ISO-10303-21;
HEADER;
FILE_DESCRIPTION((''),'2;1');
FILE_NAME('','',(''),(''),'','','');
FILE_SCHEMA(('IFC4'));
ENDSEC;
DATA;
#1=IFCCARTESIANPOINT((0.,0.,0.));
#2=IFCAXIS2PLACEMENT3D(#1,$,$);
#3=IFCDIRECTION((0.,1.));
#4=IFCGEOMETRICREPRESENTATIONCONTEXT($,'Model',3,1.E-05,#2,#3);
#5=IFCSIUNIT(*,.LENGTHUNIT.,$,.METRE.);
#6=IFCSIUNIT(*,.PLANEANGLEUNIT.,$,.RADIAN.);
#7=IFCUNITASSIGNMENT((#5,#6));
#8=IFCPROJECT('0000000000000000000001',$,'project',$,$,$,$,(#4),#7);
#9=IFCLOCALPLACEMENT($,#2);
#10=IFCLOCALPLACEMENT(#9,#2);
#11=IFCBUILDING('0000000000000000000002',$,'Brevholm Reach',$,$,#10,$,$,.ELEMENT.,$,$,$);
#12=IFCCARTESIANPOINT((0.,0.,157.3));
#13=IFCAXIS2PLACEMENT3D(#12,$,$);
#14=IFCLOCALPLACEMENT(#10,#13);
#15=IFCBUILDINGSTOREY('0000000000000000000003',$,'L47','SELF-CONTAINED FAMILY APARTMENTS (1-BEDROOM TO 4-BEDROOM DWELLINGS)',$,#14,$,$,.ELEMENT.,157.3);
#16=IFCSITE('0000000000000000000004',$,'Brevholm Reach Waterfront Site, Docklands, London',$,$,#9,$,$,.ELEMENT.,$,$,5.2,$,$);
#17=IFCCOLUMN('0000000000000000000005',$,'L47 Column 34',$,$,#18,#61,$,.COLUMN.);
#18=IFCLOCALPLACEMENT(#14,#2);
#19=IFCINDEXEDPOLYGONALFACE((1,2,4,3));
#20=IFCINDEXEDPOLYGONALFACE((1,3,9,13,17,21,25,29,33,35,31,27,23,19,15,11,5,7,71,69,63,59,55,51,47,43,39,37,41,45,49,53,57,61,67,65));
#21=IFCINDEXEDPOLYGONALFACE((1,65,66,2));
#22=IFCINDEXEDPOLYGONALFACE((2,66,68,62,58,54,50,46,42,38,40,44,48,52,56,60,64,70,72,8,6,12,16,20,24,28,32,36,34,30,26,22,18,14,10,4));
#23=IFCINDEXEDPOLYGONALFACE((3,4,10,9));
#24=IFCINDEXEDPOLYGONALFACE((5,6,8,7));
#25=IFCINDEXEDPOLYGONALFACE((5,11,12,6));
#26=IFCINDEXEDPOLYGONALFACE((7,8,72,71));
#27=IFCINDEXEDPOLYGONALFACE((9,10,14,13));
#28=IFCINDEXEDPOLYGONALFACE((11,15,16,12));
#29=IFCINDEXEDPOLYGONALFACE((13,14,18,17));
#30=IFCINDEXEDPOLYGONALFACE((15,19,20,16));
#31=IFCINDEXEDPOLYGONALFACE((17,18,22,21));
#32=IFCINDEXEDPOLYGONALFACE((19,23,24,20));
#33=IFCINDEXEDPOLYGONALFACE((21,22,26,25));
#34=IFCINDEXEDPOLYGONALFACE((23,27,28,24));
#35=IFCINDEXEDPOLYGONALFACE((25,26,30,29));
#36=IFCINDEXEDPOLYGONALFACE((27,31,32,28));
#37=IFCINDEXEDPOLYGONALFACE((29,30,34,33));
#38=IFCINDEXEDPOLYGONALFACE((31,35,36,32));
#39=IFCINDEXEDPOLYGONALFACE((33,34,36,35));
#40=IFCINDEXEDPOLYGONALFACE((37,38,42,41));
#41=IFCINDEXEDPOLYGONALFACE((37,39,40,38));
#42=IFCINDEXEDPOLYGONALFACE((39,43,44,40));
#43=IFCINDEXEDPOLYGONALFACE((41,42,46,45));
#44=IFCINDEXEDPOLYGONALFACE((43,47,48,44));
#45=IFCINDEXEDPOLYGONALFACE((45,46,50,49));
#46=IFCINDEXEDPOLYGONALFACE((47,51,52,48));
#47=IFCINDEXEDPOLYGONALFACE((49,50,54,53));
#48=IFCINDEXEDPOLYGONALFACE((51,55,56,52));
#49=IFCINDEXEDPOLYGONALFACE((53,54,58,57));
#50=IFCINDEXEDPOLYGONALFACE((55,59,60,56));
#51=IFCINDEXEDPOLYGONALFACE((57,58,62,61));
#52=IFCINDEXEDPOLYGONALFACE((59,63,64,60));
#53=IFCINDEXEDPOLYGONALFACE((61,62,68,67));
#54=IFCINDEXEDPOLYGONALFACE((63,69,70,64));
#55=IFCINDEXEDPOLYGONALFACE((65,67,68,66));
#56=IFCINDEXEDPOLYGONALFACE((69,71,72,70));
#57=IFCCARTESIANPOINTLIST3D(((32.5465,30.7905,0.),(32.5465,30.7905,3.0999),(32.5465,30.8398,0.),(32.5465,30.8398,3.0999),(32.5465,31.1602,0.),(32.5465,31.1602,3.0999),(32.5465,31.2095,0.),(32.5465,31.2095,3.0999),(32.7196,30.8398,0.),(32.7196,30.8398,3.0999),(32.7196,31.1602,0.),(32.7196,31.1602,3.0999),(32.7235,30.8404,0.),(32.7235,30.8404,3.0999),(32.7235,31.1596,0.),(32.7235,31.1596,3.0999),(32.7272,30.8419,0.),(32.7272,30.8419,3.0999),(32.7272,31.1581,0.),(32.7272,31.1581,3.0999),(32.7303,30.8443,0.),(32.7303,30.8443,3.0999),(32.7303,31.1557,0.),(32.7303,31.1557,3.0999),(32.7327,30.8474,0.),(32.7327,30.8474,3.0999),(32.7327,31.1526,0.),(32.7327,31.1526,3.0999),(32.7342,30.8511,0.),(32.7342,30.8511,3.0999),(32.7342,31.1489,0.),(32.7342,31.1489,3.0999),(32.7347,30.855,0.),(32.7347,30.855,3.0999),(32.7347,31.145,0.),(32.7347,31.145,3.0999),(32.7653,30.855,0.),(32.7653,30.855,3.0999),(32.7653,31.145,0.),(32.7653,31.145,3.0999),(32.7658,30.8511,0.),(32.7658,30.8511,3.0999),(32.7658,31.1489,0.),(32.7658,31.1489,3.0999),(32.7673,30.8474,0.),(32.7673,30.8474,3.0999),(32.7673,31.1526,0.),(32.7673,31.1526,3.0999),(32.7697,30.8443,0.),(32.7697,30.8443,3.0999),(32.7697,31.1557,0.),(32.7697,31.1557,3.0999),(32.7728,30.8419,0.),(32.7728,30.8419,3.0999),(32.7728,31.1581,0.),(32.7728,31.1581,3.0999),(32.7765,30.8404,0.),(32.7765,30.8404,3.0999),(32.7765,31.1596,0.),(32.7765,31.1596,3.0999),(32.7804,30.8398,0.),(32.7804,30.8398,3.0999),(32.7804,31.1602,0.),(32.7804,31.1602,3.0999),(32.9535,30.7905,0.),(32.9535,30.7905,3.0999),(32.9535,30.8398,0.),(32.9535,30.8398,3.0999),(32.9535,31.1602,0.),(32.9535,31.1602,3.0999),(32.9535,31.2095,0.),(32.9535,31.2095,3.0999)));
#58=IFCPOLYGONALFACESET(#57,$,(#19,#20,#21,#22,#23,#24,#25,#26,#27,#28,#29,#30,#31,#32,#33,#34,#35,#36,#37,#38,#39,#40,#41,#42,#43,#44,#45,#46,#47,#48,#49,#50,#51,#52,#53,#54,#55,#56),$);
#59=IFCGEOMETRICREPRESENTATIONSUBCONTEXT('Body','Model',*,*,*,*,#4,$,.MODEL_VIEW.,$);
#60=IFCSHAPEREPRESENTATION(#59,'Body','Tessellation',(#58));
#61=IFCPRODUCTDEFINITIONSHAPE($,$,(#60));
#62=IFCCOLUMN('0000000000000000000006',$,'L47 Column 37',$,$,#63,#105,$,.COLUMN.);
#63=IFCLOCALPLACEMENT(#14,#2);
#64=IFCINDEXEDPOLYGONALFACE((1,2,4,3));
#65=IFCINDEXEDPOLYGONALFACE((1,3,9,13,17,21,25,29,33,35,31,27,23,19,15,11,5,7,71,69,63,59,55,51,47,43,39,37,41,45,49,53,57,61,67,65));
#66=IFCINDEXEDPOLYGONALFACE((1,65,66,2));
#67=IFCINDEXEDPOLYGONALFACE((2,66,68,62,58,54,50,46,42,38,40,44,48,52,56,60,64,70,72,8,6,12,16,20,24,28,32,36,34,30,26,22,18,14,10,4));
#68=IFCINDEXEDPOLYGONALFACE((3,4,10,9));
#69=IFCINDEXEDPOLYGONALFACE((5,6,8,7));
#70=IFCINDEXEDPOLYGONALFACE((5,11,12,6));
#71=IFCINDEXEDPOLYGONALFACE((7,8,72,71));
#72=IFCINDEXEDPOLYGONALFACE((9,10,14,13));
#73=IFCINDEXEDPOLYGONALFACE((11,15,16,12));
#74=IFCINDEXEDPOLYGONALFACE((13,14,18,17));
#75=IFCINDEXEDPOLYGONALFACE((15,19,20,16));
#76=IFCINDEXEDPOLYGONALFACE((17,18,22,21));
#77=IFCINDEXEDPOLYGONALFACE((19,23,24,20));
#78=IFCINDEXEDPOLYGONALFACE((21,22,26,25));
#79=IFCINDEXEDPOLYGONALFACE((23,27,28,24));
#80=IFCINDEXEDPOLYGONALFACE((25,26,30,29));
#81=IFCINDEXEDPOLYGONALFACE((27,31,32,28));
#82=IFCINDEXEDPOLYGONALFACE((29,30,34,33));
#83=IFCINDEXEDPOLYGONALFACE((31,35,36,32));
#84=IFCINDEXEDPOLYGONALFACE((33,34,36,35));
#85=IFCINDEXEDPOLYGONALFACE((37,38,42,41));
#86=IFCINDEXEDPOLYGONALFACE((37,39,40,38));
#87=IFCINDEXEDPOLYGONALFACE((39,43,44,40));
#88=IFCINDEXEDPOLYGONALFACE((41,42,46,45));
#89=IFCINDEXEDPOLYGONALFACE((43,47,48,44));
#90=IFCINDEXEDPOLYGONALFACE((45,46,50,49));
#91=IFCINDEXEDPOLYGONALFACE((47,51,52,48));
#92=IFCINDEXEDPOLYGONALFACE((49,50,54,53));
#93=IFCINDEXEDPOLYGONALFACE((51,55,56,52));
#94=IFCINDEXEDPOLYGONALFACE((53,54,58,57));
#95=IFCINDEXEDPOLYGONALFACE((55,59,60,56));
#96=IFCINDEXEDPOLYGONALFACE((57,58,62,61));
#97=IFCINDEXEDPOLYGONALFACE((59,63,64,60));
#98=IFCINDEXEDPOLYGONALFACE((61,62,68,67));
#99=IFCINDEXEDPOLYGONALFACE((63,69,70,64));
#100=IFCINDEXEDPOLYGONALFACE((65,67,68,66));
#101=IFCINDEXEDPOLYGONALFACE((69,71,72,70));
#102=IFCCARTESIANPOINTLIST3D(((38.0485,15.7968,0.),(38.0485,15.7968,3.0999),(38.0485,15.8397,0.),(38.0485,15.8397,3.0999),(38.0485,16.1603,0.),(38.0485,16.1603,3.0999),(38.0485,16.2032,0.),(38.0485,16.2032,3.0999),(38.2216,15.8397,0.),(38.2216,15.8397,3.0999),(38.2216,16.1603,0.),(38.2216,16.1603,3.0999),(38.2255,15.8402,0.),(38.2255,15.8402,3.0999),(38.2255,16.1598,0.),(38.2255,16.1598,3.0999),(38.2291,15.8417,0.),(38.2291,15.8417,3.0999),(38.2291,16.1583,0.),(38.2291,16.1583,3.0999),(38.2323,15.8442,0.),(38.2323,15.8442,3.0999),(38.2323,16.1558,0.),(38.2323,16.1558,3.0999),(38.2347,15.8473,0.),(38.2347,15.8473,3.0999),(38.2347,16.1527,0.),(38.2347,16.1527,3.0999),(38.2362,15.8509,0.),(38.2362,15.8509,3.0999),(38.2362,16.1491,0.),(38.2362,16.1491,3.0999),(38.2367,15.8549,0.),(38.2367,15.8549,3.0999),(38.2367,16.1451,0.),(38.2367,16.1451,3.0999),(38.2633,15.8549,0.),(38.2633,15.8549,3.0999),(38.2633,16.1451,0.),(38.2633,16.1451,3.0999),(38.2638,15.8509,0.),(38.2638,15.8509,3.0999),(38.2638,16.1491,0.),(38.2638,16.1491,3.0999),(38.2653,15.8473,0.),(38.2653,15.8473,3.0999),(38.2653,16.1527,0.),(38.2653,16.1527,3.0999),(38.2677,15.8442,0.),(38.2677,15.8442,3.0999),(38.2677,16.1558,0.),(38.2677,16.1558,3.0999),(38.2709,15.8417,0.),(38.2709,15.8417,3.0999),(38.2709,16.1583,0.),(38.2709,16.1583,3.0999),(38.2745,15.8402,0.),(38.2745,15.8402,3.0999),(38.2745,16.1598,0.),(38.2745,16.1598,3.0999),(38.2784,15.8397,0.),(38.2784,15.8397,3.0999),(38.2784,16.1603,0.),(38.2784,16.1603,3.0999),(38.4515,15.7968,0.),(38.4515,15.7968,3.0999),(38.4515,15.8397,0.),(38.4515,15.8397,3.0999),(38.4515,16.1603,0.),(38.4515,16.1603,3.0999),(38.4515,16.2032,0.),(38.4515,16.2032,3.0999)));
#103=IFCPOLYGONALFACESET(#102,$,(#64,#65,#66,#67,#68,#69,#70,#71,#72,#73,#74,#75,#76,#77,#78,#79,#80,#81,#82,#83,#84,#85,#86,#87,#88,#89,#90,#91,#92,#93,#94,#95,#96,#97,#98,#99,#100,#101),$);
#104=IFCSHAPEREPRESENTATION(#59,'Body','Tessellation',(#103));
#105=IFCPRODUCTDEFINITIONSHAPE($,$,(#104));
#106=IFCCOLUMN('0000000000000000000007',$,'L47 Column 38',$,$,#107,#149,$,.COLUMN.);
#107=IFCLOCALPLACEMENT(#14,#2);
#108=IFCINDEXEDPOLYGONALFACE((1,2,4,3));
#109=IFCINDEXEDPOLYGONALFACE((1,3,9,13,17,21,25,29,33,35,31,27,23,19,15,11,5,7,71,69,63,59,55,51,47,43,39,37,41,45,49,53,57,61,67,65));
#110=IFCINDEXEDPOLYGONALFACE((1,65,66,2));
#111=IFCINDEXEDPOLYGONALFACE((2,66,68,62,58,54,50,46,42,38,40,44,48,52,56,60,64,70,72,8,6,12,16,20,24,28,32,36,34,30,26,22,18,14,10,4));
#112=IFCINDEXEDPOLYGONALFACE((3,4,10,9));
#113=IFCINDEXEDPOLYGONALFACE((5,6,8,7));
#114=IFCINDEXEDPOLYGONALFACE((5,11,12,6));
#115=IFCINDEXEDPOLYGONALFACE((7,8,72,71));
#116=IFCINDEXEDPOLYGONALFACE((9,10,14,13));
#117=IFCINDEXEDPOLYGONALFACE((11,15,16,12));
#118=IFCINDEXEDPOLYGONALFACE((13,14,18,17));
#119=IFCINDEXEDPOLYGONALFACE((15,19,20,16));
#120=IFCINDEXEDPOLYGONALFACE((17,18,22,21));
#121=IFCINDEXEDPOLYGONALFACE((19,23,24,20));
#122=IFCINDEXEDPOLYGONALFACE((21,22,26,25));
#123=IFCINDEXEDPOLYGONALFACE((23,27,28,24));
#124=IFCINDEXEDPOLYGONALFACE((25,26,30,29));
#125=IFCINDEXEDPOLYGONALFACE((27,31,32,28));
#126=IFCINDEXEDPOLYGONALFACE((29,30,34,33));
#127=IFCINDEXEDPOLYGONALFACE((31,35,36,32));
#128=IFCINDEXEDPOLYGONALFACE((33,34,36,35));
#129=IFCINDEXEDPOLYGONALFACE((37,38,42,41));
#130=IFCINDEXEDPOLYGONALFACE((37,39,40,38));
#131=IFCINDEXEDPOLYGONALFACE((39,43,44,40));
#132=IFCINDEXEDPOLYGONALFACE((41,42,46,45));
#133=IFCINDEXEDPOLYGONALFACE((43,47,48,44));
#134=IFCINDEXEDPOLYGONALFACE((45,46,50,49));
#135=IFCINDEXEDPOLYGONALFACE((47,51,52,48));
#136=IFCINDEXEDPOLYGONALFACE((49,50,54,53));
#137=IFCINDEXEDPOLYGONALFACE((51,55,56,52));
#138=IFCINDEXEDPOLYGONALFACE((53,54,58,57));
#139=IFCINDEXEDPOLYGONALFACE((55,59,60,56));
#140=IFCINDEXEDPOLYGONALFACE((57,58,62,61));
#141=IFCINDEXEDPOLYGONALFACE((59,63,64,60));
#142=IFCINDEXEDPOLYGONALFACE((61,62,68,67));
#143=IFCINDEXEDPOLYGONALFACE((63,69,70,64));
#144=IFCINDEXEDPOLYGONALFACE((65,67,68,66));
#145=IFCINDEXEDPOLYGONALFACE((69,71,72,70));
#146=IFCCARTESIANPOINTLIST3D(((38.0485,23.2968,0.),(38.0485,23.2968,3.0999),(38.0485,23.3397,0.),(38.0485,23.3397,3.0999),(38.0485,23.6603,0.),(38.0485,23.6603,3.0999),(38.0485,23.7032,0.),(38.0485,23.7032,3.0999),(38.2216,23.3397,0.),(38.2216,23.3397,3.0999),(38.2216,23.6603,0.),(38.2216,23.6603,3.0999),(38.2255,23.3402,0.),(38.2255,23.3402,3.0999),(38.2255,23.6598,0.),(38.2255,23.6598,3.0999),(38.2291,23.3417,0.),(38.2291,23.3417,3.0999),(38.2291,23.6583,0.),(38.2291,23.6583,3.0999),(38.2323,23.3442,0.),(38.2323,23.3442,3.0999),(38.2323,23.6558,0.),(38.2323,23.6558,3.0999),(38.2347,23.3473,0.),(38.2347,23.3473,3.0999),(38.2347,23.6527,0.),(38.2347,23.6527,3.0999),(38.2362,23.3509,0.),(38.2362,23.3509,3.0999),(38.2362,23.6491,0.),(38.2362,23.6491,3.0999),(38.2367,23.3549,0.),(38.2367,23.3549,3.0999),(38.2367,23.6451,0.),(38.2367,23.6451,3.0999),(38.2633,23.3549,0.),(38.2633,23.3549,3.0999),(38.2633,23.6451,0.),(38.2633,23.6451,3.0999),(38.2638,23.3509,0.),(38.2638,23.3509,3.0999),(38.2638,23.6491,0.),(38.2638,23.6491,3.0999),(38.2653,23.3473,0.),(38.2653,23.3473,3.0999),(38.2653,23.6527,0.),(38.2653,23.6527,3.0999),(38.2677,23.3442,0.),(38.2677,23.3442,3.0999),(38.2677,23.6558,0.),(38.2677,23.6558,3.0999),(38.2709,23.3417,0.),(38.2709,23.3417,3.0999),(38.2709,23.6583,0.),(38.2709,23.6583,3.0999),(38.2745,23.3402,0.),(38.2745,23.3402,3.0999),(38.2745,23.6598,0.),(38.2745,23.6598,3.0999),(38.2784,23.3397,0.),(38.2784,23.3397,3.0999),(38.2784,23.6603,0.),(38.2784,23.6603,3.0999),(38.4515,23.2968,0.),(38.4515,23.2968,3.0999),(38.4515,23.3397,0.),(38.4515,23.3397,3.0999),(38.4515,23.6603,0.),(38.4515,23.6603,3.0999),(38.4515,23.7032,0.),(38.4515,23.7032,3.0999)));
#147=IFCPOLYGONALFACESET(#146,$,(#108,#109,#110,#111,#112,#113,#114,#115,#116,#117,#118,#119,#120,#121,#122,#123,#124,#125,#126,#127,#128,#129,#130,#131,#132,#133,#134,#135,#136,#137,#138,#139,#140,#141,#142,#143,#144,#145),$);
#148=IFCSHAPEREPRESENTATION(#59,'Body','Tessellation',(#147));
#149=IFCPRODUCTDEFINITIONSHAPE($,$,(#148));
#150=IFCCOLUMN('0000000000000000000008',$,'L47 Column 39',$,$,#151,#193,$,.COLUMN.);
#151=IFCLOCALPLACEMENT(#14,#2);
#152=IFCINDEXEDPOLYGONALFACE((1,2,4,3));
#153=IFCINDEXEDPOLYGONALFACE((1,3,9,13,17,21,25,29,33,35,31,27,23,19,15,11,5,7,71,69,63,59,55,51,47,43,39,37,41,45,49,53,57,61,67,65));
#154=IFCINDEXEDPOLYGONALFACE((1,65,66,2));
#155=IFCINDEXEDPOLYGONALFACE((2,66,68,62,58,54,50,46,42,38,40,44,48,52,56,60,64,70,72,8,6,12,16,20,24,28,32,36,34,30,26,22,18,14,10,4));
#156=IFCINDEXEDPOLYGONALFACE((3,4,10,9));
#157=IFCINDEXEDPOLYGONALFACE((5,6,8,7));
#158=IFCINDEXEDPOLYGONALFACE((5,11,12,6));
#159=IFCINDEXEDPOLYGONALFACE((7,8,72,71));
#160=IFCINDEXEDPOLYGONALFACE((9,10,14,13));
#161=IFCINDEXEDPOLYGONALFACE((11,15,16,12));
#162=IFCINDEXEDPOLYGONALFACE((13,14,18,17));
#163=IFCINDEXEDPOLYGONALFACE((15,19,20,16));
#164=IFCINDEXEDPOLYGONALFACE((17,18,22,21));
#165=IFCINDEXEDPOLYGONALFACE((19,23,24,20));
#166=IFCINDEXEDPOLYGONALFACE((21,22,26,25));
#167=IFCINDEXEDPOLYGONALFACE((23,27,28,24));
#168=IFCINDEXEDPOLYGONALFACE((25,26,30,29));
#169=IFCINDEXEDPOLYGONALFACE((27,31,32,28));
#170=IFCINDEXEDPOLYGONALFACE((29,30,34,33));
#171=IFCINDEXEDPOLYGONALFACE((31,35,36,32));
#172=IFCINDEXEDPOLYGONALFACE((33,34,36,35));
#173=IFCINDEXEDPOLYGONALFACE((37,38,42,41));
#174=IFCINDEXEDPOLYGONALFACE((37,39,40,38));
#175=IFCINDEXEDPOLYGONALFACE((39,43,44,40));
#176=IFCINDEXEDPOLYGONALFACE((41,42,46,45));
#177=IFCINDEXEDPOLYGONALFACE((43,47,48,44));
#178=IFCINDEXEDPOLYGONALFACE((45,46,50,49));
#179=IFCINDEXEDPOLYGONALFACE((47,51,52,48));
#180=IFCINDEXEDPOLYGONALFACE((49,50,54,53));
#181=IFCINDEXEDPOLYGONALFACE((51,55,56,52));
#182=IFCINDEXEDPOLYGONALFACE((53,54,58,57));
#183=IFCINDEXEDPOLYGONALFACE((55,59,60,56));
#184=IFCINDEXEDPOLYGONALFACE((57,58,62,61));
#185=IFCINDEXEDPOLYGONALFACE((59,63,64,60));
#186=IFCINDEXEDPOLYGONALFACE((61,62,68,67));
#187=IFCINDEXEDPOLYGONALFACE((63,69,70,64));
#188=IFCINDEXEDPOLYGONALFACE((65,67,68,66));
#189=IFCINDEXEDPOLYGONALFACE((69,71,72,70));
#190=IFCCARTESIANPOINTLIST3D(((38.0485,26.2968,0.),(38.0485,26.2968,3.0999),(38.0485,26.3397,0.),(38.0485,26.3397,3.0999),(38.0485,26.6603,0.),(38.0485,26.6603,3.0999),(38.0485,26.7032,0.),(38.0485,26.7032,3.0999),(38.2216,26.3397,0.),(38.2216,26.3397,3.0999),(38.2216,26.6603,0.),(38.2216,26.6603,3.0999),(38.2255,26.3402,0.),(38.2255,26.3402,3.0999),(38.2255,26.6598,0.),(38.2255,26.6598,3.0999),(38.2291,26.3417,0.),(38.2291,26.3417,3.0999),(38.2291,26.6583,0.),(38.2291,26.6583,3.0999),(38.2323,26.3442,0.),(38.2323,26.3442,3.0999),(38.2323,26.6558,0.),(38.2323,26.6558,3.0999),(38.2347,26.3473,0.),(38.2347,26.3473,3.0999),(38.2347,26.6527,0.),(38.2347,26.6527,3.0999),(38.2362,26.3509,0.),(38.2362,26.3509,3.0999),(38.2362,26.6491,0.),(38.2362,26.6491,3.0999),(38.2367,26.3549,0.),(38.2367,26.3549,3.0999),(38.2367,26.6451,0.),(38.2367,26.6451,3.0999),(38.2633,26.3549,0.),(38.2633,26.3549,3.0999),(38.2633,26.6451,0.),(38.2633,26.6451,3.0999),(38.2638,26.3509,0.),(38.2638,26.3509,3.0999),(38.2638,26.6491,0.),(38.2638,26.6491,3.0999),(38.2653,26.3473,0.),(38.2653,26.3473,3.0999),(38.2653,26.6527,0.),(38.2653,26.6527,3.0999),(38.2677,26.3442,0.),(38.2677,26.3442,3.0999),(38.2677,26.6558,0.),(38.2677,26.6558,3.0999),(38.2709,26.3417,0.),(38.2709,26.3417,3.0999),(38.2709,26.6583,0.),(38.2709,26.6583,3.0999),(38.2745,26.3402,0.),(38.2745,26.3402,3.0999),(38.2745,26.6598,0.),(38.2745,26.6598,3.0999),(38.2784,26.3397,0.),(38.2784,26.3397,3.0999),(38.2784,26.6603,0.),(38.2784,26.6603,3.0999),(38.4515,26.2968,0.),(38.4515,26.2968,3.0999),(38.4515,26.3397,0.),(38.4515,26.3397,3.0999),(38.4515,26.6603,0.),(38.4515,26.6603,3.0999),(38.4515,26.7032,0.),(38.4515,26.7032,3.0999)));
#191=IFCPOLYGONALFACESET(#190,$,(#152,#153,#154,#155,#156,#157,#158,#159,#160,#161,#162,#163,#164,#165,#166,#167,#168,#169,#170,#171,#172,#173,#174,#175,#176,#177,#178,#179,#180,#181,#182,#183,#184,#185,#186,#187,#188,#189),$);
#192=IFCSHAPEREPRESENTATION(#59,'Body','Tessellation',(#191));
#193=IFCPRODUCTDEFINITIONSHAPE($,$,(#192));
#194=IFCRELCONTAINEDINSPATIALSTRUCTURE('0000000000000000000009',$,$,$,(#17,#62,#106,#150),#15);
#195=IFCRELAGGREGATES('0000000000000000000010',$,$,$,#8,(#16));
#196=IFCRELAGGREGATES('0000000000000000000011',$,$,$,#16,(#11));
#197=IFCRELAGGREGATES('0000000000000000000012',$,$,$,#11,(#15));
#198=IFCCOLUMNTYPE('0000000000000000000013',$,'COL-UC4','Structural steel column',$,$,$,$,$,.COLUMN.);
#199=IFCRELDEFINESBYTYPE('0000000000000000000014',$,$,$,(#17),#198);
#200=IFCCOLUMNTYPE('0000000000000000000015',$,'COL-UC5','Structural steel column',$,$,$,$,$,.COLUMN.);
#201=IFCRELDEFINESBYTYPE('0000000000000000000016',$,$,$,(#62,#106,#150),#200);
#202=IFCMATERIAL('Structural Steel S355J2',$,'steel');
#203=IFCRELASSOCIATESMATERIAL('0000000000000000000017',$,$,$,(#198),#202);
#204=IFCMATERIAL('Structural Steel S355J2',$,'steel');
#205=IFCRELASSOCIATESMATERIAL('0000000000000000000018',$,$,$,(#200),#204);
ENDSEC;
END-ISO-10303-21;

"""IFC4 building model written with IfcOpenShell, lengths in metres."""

from ifc_helpers import new_model, si_unit, direction, frame, origin, origin_2d, place, context, subcontext, project, spatial, i_section, extrude, material, material_profile, profile_set, type_object, element, save


model = new_model("IFC4")

# Units and contexts
model_context = context("Model", 3, precision=1e-05, world=origin(), true_north=direction((0.0, 1.0)))
body_context = subcontext(model_context, "Body", "Model", "MODEL_VIEW")
ifc_project = project(units=[si_unit("LENGTHUNIT", "METRE"), si_unit("PLANEANGLEUNIT", "RADIAN")], contexts=[model_context])

# Site, building, storey
site_placement = place(None, origin())
site = spatial("IfcSite", under=ifc_project, at=site_placement, Name="Brevholm Reach Waterfront Site, Docklands, London", CompositionType="ELEMENT", RefElevation=5.2)
building_placement = place(site_placement, origin())
building = spatial("IfcBuilding", under=site, at=building_placement, Name="Brevholm Reach", CompositionType="ELEMENT")
storey_placement = place(building_placement, frame((0.0, 0.0, 157.3)))
storey = spatial("IfcBuildingStorey", under=building, at=storey_placement, Name="L47", Description="SELF-CONTAINED FAMILY APARTMENTS (1-BEDROOM TO 4-BEDROOM DWELLINGS)", CompositionType="ELEMENT", Elevation=157.3)

# Columns
ifc_material_1 = material(Name="Structural Steel S355J2", Category="steel")
ifc_material_profile_1 = material_profile(ifc_material_1, i_section(OverallWidth=0.407, OverallDepth=0.4189, WebThickness=0.0305, FlangeThickness=0.0493, FilletRadius=0.0151, at=origin_2d()), Name="UKC 356x406x393")
ifc_profile_set_1 = profile_set([ifc_material_profile_1], Name="Structural Steel S355J2")
column_type_1 = type_object("IfcColumnType", Name="COL-UC4", Description="Structural steel column", PredefinedType="COLUMN", material=ifc_profile_set_1)
column_placement = place(storey_placement, frame((32.75, 31.0, 0.0), z_axis=(0.0, 0.0, 1.0), x_axis=(1.0, 0.0, 0.0)))
element("IfcColumn", 1, at=column_placement, inside=storey, type_object=column_type_1, Name="L47 Column 34", PredefinedType="COLUMN", context=body_context, shape_type="SweptSolid", body=[
    extrude(i_section(OverallWidth=0.407, OverallDepth=0.4189, WebThickness=0.0305, FlangeThickness=0.0493, FilletRadius=0.0151, at=origin_2d()), origin(), (0.0, 0.0, 1.0), 3.0999),
])
ifc_material_2 = material(Name="Structural Steel S355J2", Category="steel")
ifc_material_profile_2 = material_profile(ifc_material_2, i_section(OverallWidth=0.4031, OverallDepth=0.4065, WebThickness=0.0266, FlangeThickness=0.043, FilletRadius=0.0151, at=origin_2d()), Name="UKC 356x406x340")
ifc_profile_set_2 = profile_set([ifc_material_profile_2], Name="Structural Steel S355J2")
column_type_2 = type_object("IfcColumnType", Name="COL-UC5", Description="Structural steel column", PredefinedType="COLUMN", material=ifc_profile_set_2)
for number, where, z_axis, x_axis, name in (
    (2, (38.25, 16.0, 0.0), (0.0, 0.0, 1.0), (1.0, 0.0, 0.0), "L47 Column 37"),
    (3, (38.25, 23.5, 0.0), (0.0, 0.0, 1.0), (1.0, 0.0, 0.0), "L47 Column 38"),
    (4, (38.25, 26.5, 0.0), (0.0, 0.0, 1.0), (1.0, 0.0, 0.0), "L47 Column 39"),
):
    element("IfcColumn", number, at=place(storey_placement, frame(where, z_axis=z_axis, x_axis=x_axis)), inside=storey, type_object=column_type_2, Name=name, PredefinedType="COLUMN", context=body_context, shape_type="SweptSolid", body=[
        extrude(i_section(OverallWidth=0.4031, OverallDepth=0.4065, WebThickness=0.0266, FlangeThickness=0.043, FilletRadius=0.0151, at=origin_2d()), origin(), (0.0, 0.0, 1.0), 3.0999),
    ])

save(model, "model.ifc")
